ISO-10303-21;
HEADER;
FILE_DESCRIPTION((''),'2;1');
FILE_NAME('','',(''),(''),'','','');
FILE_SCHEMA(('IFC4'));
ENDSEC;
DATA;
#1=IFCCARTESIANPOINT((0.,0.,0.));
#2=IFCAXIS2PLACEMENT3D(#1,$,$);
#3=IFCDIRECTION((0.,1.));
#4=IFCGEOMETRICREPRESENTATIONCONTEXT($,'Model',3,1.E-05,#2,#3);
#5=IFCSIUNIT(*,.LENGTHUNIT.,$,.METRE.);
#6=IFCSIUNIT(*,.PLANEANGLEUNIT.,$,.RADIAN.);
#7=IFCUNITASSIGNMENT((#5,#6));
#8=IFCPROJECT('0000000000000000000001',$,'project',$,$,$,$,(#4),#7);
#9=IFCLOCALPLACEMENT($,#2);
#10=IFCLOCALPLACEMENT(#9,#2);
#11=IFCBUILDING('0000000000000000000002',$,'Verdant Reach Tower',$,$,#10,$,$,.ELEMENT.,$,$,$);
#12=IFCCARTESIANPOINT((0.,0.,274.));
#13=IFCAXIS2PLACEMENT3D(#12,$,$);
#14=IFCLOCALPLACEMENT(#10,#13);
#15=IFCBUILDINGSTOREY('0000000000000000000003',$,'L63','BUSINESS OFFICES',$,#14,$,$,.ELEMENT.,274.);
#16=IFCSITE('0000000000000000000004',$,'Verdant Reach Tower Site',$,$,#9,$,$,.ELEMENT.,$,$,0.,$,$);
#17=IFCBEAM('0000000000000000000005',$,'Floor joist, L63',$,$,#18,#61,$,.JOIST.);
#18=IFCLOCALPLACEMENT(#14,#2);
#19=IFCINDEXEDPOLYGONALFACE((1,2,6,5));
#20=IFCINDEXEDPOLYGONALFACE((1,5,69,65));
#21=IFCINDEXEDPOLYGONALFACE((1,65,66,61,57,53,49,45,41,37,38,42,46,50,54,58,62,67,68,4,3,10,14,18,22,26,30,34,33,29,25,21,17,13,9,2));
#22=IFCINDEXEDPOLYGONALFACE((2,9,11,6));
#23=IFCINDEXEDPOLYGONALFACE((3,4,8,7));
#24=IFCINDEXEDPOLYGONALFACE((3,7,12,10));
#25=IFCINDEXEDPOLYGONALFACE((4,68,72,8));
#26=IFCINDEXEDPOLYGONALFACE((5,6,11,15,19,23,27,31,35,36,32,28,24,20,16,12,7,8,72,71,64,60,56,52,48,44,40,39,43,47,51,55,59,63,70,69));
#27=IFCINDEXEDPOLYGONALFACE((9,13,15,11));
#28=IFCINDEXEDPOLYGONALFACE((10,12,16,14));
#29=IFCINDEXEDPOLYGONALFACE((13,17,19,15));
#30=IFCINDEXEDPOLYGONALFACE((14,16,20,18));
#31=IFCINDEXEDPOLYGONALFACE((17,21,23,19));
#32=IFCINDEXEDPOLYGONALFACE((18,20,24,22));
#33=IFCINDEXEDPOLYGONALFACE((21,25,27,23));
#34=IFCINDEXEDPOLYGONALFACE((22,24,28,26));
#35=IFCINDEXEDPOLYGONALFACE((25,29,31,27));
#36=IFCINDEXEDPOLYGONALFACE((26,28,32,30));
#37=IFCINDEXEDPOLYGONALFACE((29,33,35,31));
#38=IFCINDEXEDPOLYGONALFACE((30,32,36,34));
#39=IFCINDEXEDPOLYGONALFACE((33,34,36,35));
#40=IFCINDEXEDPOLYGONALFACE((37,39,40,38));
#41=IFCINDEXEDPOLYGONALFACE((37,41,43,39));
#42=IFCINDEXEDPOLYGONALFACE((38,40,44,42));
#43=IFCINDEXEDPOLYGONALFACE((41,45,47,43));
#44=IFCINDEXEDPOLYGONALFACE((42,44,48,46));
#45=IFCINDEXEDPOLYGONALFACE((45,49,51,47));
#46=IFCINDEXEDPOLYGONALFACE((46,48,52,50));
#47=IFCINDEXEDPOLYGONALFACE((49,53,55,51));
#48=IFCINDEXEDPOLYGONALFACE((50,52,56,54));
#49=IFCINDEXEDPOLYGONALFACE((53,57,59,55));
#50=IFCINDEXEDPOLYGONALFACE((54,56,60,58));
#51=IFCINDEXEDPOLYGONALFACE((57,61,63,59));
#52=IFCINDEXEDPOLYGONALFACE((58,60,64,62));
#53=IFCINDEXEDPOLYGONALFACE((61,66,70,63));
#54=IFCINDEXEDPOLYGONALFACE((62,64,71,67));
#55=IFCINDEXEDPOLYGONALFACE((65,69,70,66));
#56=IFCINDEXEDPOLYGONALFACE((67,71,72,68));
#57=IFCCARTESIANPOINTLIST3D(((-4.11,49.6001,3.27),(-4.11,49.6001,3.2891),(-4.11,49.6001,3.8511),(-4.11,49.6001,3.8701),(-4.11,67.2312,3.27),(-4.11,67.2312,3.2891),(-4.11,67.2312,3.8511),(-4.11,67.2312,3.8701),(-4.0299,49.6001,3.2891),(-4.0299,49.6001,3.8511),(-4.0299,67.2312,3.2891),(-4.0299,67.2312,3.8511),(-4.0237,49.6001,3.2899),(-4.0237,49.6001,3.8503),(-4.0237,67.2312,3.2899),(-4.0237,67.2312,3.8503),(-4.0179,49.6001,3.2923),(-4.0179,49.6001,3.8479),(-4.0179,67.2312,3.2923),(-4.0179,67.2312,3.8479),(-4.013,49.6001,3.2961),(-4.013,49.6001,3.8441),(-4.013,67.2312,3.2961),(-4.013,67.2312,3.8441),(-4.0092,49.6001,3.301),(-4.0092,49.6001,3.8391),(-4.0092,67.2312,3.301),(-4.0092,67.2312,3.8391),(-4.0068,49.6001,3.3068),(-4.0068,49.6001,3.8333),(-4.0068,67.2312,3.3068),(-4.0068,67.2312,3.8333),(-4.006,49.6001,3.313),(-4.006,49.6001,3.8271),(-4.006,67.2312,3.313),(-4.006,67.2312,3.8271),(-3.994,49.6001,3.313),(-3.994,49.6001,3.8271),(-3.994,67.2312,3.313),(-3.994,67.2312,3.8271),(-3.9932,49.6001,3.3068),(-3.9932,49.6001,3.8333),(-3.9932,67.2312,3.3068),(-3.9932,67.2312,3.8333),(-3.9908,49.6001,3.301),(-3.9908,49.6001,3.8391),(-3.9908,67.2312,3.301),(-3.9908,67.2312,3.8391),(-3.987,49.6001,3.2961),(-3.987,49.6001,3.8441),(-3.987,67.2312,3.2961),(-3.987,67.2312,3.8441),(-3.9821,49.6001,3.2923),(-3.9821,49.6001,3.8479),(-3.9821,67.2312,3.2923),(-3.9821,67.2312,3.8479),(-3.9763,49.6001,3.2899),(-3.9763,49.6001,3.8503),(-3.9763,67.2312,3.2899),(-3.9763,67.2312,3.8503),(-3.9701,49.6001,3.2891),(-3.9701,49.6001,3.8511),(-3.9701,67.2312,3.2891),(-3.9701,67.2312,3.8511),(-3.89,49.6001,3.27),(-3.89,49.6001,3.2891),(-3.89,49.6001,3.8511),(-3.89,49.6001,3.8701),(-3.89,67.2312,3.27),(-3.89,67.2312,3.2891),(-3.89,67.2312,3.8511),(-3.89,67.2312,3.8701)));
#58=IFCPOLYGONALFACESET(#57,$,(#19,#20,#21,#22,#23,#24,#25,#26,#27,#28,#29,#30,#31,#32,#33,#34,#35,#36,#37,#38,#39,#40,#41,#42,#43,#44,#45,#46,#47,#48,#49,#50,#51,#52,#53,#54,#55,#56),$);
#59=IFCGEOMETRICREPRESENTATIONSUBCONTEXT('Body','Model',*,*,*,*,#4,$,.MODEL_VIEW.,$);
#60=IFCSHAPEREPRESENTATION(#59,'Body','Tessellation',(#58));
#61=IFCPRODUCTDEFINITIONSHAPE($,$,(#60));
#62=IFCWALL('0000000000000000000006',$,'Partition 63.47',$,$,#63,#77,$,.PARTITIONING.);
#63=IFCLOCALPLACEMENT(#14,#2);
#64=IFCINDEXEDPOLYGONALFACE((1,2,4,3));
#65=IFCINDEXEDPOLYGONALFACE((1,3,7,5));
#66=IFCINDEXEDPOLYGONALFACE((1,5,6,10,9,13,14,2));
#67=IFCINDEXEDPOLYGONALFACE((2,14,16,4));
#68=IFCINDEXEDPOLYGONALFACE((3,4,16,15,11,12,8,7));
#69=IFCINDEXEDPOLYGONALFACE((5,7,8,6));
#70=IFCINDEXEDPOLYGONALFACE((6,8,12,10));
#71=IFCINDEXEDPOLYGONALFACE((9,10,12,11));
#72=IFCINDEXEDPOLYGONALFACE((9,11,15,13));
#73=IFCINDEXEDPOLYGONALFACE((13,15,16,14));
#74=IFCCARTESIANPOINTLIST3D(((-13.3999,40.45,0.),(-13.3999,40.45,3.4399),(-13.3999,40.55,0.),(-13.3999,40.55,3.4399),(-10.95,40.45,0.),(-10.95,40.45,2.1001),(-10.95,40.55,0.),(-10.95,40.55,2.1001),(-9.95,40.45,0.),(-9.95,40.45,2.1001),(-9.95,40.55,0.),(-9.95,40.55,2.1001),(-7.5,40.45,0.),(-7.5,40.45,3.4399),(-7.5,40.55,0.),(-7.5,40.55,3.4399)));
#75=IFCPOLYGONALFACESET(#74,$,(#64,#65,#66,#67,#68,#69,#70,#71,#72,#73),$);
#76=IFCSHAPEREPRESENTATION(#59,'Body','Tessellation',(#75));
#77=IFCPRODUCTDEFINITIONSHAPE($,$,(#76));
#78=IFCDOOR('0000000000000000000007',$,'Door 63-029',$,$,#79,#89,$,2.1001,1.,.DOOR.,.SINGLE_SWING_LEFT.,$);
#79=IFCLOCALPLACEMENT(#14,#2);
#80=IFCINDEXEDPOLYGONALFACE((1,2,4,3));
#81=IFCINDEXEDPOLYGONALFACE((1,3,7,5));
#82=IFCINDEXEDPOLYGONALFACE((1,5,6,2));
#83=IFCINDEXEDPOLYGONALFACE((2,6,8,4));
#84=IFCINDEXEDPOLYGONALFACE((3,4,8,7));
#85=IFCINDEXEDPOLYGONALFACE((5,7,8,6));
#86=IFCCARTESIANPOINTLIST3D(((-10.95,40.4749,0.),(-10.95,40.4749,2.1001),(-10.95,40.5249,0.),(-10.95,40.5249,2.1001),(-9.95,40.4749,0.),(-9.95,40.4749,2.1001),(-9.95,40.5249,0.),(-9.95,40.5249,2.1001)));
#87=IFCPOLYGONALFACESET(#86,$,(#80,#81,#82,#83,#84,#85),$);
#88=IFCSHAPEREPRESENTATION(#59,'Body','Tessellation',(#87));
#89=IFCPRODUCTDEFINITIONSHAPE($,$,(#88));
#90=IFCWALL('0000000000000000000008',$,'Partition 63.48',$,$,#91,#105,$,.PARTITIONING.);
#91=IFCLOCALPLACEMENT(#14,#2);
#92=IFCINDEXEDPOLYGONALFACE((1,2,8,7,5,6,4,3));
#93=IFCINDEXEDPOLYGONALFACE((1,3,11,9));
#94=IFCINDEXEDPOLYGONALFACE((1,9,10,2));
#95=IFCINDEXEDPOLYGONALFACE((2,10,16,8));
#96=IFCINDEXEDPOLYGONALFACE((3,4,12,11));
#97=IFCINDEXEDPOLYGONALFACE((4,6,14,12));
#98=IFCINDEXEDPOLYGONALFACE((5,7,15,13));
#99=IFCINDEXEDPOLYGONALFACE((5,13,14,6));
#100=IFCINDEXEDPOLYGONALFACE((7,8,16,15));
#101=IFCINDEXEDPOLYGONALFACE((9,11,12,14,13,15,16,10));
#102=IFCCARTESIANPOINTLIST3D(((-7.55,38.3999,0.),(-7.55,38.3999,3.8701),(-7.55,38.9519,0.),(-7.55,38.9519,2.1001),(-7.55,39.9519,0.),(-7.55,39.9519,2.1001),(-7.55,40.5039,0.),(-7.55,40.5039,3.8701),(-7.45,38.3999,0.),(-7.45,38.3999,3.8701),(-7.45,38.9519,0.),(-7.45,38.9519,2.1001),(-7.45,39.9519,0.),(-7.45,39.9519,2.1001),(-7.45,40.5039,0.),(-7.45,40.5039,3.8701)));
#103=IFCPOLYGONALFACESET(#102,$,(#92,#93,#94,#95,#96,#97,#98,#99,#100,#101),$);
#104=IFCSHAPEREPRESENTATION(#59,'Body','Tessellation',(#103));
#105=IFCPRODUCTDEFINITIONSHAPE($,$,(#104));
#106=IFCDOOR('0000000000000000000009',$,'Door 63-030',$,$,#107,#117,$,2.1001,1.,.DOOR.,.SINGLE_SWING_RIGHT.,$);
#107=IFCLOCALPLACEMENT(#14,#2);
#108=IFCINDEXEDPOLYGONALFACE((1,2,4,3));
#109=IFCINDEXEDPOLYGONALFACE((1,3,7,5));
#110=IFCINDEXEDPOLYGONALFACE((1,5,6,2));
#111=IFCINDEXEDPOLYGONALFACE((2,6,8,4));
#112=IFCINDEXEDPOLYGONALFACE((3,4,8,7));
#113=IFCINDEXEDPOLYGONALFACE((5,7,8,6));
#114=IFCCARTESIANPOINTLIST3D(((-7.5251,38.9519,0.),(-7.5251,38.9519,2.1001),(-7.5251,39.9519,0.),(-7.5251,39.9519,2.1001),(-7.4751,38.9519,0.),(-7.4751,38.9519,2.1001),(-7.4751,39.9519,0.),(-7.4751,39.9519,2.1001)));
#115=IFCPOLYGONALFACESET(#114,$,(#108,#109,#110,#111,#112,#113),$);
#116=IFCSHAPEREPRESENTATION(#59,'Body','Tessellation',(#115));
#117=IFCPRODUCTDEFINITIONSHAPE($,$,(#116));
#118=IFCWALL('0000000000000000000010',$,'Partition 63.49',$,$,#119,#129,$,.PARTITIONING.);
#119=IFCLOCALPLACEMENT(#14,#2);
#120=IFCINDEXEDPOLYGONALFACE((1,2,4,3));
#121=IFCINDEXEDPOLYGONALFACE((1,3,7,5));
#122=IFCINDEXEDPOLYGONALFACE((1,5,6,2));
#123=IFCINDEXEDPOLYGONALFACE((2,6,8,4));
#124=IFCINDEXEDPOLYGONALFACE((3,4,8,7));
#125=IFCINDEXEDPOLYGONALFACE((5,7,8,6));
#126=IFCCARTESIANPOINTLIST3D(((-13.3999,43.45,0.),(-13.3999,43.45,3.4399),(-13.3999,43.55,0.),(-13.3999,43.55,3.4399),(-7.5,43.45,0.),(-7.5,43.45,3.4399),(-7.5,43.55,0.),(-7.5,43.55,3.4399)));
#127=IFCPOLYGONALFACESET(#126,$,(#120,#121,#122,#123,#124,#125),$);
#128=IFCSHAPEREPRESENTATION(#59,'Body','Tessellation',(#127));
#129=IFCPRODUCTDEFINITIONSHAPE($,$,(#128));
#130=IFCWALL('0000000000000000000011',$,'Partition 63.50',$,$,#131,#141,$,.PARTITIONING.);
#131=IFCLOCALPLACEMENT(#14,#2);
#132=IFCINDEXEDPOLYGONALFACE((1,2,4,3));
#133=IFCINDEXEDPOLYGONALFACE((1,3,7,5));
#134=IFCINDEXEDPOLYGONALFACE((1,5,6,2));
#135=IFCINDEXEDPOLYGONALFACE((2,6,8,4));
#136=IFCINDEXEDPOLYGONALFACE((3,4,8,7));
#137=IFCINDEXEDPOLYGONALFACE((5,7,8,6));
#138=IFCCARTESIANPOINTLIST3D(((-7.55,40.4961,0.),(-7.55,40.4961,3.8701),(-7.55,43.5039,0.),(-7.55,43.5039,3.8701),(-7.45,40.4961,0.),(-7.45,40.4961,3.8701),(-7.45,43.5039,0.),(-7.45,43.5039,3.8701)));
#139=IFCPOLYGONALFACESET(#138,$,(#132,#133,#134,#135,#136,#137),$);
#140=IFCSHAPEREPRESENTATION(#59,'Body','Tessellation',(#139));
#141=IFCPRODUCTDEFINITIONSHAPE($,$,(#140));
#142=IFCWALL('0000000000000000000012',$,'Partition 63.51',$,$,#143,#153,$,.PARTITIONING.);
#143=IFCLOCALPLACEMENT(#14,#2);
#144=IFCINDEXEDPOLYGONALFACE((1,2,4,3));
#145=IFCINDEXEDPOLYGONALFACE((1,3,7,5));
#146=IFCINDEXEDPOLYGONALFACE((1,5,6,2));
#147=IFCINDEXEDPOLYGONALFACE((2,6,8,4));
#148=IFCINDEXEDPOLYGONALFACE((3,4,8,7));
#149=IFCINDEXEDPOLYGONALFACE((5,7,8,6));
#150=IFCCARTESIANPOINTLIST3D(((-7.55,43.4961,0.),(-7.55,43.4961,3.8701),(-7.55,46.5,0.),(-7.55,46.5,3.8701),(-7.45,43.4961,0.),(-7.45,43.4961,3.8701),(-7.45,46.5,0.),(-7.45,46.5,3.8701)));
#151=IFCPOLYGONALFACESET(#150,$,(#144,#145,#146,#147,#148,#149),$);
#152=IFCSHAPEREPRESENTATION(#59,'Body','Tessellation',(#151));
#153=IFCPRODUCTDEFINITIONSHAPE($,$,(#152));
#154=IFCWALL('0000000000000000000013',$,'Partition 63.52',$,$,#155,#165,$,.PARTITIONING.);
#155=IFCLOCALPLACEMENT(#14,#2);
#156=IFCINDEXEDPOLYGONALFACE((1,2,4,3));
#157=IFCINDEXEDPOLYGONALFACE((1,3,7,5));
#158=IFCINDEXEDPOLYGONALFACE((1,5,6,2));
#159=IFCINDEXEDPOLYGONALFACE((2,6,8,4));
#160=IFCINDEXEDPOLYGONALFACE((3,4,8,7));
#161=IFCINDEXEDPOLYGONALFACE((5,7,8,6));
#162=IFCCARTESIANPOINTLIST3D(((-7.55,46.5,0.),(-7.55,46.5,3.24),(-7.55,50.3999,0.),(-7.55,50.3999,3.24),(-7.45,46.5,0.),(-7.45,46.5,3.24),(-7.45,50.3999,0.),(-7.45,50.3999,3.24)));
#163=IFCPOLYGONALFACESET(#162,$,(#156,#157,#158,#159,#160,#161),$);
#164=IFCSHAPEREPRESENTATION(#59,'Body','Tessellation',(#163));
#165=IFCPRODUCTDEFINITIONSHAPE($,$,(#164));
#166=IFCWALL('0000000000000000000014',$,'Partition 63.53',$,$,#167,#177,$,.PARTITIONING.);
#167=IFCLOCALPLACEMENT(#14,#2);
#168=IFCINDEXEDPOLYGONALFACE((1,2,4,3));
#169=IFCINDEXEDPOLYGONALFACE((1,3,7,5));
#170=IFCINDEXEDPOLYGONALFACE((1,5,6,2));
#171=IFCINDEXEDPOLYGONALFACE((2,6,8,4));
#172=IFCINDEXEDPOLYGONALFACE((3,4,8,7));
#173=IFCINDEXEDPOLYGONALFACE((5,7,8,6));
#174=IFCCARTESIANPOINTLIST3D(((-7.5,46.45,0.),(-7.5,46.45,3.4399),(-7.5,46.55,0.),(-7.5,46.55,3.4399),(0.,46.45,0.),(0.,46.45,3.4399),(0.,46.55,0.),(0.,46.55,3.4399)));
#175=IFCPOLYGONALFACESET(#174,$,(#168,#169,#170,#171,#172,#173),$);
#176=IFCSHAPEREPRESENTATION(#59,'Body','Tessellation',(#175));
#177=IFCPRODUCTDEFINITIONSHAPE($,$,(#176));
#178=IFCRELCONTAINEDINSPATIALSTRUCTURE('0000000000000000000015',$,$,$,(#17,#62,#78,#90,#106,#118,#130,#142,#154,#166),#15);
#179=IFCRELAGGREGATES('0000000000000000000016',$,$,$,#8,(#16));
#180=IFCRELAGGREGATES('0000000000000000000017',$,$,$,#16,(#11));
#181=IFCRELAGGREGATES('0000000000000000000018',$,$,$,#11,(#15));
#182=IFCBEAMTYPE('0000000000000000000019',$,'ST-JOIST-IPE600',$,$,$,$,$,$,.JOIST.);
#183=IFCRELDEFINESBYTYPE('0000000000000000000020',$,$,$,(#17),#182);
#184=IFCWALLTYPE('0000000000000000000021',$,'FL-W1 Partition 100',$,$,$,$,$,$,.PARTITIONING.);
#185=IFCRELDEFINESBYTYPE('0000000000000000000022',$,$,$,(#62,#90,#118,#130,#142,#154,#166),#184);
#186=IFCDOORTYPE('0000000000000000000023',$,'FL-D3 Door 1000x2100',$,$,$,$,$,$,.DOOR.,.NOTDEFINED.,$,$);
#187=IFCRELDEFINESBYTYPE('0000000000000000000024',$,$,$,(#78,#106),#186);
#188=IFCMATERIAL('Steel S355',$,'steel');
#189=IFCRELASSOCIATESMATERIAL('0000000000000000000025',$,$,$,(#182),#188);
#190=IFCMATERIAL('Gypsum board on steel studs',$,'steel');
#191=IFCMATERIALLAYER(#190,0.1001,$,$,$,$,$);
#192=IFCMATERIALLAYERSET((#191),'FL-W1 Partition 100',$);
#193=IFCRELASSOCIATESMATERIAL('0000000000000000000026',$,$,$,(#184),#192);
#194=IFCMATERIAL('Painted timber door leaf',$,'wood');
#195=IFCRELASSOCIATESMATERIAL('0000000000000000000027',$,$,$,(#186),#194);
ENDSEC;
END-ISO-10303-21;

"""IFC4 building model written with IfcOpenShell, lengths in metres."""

from ifc_helpers import new_model, si_unit, direction, frame, frame_2d, origin, origin_2d, place, context, subcontext, project, spatial, rectangle, i_section, extrude, material, layer, layer_set, material_profile, profile_set, type_object, element, fill, save


model = new_model("IFC4")

# Units and contexts
model_context = context("Model", 3, precision=1e-05, world=origin(), true_north=direction((0.0, 1.0)))
body_context = subcontext(model_context, "Body", "Model", "MODEL_VIEW")
ifc_project = project(units=[si_unit("LENGTHUNIT", "METRE"), si_unit("PLANEANGLEUNIT", "RADIAN")], contexts=[model_context])

# Site, building, storey
site_placement = place(None, origin())
site = spatial("IfcSite", under=ifc_project, at=site_placement, Name="Verdant Reach Tower Site", CompositionType="ELEMENT", RefElevation=0.0)
building_placement = place(site_placement, origin())
building = spatial("IfcBuilding", under=site, at=building_placement, Name="Verdant Reach Tower", CompositionType="ELEMENT")
storey_placement = place(building_placement, frame((0.0, 0.0, 274.0)))
storey = spatial("IfcBuildingStorey", under=building, at=storey_placement, Name="L63", Description="BUSINESS OFFICES", CompositionType="ELEMENT", Elevation=274.0)

# Beam
ifc_material_1 = material(Name="Steel S355", Category="steel")
ifc_material_profile_1 = material_profile(ifc_material_1, i_section(OverallWidth=0.22, OverallDepth=0.6001, WebThickness=0.012, FlangeThickness=0.019, FilletRadius=0.0239, at=origin_2d()), Name="IPE 600")
ifc_profile_set_1 = profile_set([ifc_material_profile_1], Name="Steel S355")
beam_type_1 = type_object("IfcBeamType", Name="ST-JOIST-IPE600", PredefinedType="JOIST", material=ifc_profile_set_1)
beam_1_placement = place(storey_placement, frame((-4.0, 49.6001, 3.5701), z_axis=(0.0, 1.0, 0.0), x_axis=(-1.0, 0.0, 0.0)))
element("IfcBeam", 1, at=beam_1_placement, inside=storey, type_object=beam_type_1, Name="Floor joist, L63", PredefinedType="JOIST", context=body_context, shape_type="SweptSolid", body=[
    extrude(i_section(OverallWidth=0.22, OverallDepth=0.6001, WebThickness=0.012, FlangeThickness=0.019, FilletRadius=0.0239, at=origin_2d()), origin(), (0.0, 0.0, 1.0), 17.6311),
])

# Walls, openings, doors
ifc_material_2 = material(Name="Gypsum board on steel studs", Category="steel")
ifc_layer_1 = layer(ifc_material_2, 0.1001)
ifc_layer_set_1 = layer_set([ifc_layer_1], Name="FL-W1 Partition 100")
wall_type_1 = type_object("IfcWallType", Name="FL-W1 Partition 100", PredefinedType="PARTITIONING", material=ifc_layer_set_1)
wall_1_placement = place(storey_placement, frame((-13.3999, 40.5, 0.0), z_axis=(0.0, 0.0, 1.0), x_axis=(1.0, 0.0, 0.0)))
wall_1 = element("IfcWall", 2, at=wall_1_placement, inside=storey, type_object=wall_type_1, Name="Partition 63.47", PredefinedType="PARTITIONING", context=body_context, shape_type="SweptSolid", body=[
    extrude(rectangle(XDim=5.8999, YDim=0.1001, at=frame_2d((2.95, 0.0))), origin(), (0.0, 0.0, 1.0), 3.4399),
])
opening_1_placement = place(wall_1_placement, frame((2.45, 0.0, 0.0)))
opening_1 = element("IfcOpeningElement", 3, at=opening_1_placement, cuts=wall_1, PredefinedType="OPENING", context=body_context, shape_type="SweptSolid", body=[
    extrude(rectangle(XDim=1.0, YDim=2.1001, at=frame_2d((0.5, 1.05))), frame((0.0, 0.0601, 0.0), z_axis=(0.0, -1.0, 0.0), x_axis=(1.0, 0.0, 0.0)), (0.0, 0.0, 1.0), 0.1201),
])
ifc_material_3 = material(Name="Painted timber door leaf", Category="wood")
door_type_1 = type_object("IfcDoorType", Name="FL-D3 Door 1000x2100", OperationType="NOTDEFINED", PredefinedType="DOOR", material=ifc_material_3)
door_1_placement = place(opening_1_placement, origin())
door_1 = element("IfcDoor", 4, at=door_1_placement, inside=storey, type_object=door_type_1, Name="Door 63-029", OperationType="SINGLE_SWING_LEFT", OverallHeight=2.1001, OverallWidth=1.0, PredefinedType="DOOR", context=body_context, shape_type="SweptSolid", body=[
    extrude(rectangle(XDim=1.0, YDim=2.1001, at=frame_2d((0.5, 1.05))), frame((0.0, 0.0249, 0.0), z_axis=(0.0, -1.0, 0.0), x_axis=(1.0, 0.0, 0.0)), (0.0, 0.0, 1.0), 0.05),
])
fill(opening_1, door_1)
wall_2_placement = place(storey_placement, frame((-7.5, 40.5039, 0.0), z_axis=(0.0, 0.0, 1.0), x_axis=(0.0, -1.0, 0.0)))
wall_2 = element("IfcWall", 5, at=wall_2_placement, inside=storey, type_object=wall_type_1, Name="Partition 63.48", PredefinedType="PARTITIONING", context=body_context, shape_type="SweptSolid", body=[
    extrude(rectangle(XDim=2.104, YDim=0.1001, at=frame_2d((1.052, 0.0))), origin(), (0.0, 0.0, 1.0), 3.8701),
])
opening_2_placement = place(wall_2_placement, frame((0.552, 0.0, 0.0)))
opening_2 = element("IfcOpeningElement", 6, at=opening_2_placement, cuts=wall_2, PredefinedType="OPENING", context=body_context, shape_type="SweptSolid", body=[
    extrude(rectangle(XDim=1.0, YDim=2.1001, at=frame_2d((0.5, 1.05))), frame((0.0, 0.0601, 0.0), z_axis=(0.0, -1.0, 0.0), x_axis=(1.0, 0.0, 0.0)), (0.0, 0.0, 1.0), 0.1201),
])
door_2_placement = place(opening_2_placement, origin())
door_2 = element("IfcDoor", 7, at=door_2_placement, inside=storey, type_object=door_type_1, Name="Door 63-030", OperationType="SINGLE_SWING_RIGHT", OverallHeight=2.1001, OverallWidth=1.0, PredefinedType="DOOR", context=body_context, shape_type="SweptSolid", body=[
    extrude(rectangle(XDim=1.0, YDim=2.1001, at=frame_2d((0.5, 1.05))), frame((0.0, 0.0249, 0.0), z_axis=(0.0, -1.0, 0.0), x_axis=(1.0, 0.0, 0.0)), (0.0, 0.0, 1.0), 0.05),
])
fill(opening_2, door_2)

# Walls
wall_3_placement = place(storey_placement, frame((-7.5, 43.5, 0.0), z_axis=(0.0, 0.0, 1.0), x_axis=(-1.0, 0.0, 0.0)))
element("IfcWall", 8, at=wall_3_placement, inside=storey, type_object=wall_type_1, Name="Partition 63.49", PredefinedType="PARTITIONING", context=body_context, shape_type="SweptSolid", body=[
    extrude(rectangle(XDim=5.8999, YDim=0.1001, at=frame_2d((2.95, 0.0))), origin(), (0.0, 0.0, 1.0), 3.4399),
])
wall_4_placement = place(storey_placement, frame((-7.5, 40.4961, 0.0), z_axis=(0.0, 0.0, 1.0), x_axis=(0.0, 1.0, 0.0)))
element("IfcWall", 9, at=wall_4_placement, inside=storey, type_object=wall_type_1, Name="Partition 63.50", PredefinedType="PARTITIONING", context=body_context, shape_type="SweptSolid", body=[
    extrude(rectangle(XDim=3.0078, YDim=0.1001, at=frame_2d((1.5039, 0.0))), origin(), (0.0, 0.0, 1.0), 3.8701),
])
wall_5_placement = place(storey_placement, frame((-7.5, 43.4961, 0.0), z_axis=(0.0, 0.0, 1.0), x_axis=(0.0, 1.0, 0.0)))
element("IfcWall", 10, at=wall_5_placement, inside=storey, type_object=wall_type_1, Name="Partition 63.51", PredefinedType="PARTITIONING", context=body_context, shape_type="SweptSolid", body=[
    extrude(rectangle(XDim=3.0039, YDim=0.1001, at=frame_2d((1.502, 0.0))), origin(), (0.0, 0.0, 1.0), 3.8701),
])
wall_6_placement = place(storey_placement, frame((-7.5, 46.5, 0.0), z_axis=(0.0, 0.0, 1.0), x_axis=(0.0, 1.0, 0.0)))
element("IfcWall", 11, at=wall_6_placement, inside=storey, type_object=wall_type_1, Name="Partition 63.52", PredefinedType="PARTITIONING", context=body_context, shape_type="SweptSolid", body=[
    extrude(rectangle(XDim=3.8999, YDim=0.1001, at=frame_2d((1.95, 0.0))), origin(), (0.0, 0.0, 1.0), 3.24),
])
wall_7_placement = place(storey_placement, frame((0.0, 46.5, 0.0), z_axis=(0.0, 0.0, 1.0), x_axis=(-1.0, 0.0, 0.0)))
element("IfcWall", 12, at=wall_7_placement, inside=storey, type_object=wall_type_1, Name="Partition 63.53", PredefinedType="PARTITIONING", context=body_context, shape_type="SweptSolid", body=[
    extrude(rectangle(XDim=7.5, YDim=0.1001, at=frame_2d((3.75, 0.0))), origin(), (0.0, 0.0, 1.0), 3.4399),
])

save(model, "model.ifc")
